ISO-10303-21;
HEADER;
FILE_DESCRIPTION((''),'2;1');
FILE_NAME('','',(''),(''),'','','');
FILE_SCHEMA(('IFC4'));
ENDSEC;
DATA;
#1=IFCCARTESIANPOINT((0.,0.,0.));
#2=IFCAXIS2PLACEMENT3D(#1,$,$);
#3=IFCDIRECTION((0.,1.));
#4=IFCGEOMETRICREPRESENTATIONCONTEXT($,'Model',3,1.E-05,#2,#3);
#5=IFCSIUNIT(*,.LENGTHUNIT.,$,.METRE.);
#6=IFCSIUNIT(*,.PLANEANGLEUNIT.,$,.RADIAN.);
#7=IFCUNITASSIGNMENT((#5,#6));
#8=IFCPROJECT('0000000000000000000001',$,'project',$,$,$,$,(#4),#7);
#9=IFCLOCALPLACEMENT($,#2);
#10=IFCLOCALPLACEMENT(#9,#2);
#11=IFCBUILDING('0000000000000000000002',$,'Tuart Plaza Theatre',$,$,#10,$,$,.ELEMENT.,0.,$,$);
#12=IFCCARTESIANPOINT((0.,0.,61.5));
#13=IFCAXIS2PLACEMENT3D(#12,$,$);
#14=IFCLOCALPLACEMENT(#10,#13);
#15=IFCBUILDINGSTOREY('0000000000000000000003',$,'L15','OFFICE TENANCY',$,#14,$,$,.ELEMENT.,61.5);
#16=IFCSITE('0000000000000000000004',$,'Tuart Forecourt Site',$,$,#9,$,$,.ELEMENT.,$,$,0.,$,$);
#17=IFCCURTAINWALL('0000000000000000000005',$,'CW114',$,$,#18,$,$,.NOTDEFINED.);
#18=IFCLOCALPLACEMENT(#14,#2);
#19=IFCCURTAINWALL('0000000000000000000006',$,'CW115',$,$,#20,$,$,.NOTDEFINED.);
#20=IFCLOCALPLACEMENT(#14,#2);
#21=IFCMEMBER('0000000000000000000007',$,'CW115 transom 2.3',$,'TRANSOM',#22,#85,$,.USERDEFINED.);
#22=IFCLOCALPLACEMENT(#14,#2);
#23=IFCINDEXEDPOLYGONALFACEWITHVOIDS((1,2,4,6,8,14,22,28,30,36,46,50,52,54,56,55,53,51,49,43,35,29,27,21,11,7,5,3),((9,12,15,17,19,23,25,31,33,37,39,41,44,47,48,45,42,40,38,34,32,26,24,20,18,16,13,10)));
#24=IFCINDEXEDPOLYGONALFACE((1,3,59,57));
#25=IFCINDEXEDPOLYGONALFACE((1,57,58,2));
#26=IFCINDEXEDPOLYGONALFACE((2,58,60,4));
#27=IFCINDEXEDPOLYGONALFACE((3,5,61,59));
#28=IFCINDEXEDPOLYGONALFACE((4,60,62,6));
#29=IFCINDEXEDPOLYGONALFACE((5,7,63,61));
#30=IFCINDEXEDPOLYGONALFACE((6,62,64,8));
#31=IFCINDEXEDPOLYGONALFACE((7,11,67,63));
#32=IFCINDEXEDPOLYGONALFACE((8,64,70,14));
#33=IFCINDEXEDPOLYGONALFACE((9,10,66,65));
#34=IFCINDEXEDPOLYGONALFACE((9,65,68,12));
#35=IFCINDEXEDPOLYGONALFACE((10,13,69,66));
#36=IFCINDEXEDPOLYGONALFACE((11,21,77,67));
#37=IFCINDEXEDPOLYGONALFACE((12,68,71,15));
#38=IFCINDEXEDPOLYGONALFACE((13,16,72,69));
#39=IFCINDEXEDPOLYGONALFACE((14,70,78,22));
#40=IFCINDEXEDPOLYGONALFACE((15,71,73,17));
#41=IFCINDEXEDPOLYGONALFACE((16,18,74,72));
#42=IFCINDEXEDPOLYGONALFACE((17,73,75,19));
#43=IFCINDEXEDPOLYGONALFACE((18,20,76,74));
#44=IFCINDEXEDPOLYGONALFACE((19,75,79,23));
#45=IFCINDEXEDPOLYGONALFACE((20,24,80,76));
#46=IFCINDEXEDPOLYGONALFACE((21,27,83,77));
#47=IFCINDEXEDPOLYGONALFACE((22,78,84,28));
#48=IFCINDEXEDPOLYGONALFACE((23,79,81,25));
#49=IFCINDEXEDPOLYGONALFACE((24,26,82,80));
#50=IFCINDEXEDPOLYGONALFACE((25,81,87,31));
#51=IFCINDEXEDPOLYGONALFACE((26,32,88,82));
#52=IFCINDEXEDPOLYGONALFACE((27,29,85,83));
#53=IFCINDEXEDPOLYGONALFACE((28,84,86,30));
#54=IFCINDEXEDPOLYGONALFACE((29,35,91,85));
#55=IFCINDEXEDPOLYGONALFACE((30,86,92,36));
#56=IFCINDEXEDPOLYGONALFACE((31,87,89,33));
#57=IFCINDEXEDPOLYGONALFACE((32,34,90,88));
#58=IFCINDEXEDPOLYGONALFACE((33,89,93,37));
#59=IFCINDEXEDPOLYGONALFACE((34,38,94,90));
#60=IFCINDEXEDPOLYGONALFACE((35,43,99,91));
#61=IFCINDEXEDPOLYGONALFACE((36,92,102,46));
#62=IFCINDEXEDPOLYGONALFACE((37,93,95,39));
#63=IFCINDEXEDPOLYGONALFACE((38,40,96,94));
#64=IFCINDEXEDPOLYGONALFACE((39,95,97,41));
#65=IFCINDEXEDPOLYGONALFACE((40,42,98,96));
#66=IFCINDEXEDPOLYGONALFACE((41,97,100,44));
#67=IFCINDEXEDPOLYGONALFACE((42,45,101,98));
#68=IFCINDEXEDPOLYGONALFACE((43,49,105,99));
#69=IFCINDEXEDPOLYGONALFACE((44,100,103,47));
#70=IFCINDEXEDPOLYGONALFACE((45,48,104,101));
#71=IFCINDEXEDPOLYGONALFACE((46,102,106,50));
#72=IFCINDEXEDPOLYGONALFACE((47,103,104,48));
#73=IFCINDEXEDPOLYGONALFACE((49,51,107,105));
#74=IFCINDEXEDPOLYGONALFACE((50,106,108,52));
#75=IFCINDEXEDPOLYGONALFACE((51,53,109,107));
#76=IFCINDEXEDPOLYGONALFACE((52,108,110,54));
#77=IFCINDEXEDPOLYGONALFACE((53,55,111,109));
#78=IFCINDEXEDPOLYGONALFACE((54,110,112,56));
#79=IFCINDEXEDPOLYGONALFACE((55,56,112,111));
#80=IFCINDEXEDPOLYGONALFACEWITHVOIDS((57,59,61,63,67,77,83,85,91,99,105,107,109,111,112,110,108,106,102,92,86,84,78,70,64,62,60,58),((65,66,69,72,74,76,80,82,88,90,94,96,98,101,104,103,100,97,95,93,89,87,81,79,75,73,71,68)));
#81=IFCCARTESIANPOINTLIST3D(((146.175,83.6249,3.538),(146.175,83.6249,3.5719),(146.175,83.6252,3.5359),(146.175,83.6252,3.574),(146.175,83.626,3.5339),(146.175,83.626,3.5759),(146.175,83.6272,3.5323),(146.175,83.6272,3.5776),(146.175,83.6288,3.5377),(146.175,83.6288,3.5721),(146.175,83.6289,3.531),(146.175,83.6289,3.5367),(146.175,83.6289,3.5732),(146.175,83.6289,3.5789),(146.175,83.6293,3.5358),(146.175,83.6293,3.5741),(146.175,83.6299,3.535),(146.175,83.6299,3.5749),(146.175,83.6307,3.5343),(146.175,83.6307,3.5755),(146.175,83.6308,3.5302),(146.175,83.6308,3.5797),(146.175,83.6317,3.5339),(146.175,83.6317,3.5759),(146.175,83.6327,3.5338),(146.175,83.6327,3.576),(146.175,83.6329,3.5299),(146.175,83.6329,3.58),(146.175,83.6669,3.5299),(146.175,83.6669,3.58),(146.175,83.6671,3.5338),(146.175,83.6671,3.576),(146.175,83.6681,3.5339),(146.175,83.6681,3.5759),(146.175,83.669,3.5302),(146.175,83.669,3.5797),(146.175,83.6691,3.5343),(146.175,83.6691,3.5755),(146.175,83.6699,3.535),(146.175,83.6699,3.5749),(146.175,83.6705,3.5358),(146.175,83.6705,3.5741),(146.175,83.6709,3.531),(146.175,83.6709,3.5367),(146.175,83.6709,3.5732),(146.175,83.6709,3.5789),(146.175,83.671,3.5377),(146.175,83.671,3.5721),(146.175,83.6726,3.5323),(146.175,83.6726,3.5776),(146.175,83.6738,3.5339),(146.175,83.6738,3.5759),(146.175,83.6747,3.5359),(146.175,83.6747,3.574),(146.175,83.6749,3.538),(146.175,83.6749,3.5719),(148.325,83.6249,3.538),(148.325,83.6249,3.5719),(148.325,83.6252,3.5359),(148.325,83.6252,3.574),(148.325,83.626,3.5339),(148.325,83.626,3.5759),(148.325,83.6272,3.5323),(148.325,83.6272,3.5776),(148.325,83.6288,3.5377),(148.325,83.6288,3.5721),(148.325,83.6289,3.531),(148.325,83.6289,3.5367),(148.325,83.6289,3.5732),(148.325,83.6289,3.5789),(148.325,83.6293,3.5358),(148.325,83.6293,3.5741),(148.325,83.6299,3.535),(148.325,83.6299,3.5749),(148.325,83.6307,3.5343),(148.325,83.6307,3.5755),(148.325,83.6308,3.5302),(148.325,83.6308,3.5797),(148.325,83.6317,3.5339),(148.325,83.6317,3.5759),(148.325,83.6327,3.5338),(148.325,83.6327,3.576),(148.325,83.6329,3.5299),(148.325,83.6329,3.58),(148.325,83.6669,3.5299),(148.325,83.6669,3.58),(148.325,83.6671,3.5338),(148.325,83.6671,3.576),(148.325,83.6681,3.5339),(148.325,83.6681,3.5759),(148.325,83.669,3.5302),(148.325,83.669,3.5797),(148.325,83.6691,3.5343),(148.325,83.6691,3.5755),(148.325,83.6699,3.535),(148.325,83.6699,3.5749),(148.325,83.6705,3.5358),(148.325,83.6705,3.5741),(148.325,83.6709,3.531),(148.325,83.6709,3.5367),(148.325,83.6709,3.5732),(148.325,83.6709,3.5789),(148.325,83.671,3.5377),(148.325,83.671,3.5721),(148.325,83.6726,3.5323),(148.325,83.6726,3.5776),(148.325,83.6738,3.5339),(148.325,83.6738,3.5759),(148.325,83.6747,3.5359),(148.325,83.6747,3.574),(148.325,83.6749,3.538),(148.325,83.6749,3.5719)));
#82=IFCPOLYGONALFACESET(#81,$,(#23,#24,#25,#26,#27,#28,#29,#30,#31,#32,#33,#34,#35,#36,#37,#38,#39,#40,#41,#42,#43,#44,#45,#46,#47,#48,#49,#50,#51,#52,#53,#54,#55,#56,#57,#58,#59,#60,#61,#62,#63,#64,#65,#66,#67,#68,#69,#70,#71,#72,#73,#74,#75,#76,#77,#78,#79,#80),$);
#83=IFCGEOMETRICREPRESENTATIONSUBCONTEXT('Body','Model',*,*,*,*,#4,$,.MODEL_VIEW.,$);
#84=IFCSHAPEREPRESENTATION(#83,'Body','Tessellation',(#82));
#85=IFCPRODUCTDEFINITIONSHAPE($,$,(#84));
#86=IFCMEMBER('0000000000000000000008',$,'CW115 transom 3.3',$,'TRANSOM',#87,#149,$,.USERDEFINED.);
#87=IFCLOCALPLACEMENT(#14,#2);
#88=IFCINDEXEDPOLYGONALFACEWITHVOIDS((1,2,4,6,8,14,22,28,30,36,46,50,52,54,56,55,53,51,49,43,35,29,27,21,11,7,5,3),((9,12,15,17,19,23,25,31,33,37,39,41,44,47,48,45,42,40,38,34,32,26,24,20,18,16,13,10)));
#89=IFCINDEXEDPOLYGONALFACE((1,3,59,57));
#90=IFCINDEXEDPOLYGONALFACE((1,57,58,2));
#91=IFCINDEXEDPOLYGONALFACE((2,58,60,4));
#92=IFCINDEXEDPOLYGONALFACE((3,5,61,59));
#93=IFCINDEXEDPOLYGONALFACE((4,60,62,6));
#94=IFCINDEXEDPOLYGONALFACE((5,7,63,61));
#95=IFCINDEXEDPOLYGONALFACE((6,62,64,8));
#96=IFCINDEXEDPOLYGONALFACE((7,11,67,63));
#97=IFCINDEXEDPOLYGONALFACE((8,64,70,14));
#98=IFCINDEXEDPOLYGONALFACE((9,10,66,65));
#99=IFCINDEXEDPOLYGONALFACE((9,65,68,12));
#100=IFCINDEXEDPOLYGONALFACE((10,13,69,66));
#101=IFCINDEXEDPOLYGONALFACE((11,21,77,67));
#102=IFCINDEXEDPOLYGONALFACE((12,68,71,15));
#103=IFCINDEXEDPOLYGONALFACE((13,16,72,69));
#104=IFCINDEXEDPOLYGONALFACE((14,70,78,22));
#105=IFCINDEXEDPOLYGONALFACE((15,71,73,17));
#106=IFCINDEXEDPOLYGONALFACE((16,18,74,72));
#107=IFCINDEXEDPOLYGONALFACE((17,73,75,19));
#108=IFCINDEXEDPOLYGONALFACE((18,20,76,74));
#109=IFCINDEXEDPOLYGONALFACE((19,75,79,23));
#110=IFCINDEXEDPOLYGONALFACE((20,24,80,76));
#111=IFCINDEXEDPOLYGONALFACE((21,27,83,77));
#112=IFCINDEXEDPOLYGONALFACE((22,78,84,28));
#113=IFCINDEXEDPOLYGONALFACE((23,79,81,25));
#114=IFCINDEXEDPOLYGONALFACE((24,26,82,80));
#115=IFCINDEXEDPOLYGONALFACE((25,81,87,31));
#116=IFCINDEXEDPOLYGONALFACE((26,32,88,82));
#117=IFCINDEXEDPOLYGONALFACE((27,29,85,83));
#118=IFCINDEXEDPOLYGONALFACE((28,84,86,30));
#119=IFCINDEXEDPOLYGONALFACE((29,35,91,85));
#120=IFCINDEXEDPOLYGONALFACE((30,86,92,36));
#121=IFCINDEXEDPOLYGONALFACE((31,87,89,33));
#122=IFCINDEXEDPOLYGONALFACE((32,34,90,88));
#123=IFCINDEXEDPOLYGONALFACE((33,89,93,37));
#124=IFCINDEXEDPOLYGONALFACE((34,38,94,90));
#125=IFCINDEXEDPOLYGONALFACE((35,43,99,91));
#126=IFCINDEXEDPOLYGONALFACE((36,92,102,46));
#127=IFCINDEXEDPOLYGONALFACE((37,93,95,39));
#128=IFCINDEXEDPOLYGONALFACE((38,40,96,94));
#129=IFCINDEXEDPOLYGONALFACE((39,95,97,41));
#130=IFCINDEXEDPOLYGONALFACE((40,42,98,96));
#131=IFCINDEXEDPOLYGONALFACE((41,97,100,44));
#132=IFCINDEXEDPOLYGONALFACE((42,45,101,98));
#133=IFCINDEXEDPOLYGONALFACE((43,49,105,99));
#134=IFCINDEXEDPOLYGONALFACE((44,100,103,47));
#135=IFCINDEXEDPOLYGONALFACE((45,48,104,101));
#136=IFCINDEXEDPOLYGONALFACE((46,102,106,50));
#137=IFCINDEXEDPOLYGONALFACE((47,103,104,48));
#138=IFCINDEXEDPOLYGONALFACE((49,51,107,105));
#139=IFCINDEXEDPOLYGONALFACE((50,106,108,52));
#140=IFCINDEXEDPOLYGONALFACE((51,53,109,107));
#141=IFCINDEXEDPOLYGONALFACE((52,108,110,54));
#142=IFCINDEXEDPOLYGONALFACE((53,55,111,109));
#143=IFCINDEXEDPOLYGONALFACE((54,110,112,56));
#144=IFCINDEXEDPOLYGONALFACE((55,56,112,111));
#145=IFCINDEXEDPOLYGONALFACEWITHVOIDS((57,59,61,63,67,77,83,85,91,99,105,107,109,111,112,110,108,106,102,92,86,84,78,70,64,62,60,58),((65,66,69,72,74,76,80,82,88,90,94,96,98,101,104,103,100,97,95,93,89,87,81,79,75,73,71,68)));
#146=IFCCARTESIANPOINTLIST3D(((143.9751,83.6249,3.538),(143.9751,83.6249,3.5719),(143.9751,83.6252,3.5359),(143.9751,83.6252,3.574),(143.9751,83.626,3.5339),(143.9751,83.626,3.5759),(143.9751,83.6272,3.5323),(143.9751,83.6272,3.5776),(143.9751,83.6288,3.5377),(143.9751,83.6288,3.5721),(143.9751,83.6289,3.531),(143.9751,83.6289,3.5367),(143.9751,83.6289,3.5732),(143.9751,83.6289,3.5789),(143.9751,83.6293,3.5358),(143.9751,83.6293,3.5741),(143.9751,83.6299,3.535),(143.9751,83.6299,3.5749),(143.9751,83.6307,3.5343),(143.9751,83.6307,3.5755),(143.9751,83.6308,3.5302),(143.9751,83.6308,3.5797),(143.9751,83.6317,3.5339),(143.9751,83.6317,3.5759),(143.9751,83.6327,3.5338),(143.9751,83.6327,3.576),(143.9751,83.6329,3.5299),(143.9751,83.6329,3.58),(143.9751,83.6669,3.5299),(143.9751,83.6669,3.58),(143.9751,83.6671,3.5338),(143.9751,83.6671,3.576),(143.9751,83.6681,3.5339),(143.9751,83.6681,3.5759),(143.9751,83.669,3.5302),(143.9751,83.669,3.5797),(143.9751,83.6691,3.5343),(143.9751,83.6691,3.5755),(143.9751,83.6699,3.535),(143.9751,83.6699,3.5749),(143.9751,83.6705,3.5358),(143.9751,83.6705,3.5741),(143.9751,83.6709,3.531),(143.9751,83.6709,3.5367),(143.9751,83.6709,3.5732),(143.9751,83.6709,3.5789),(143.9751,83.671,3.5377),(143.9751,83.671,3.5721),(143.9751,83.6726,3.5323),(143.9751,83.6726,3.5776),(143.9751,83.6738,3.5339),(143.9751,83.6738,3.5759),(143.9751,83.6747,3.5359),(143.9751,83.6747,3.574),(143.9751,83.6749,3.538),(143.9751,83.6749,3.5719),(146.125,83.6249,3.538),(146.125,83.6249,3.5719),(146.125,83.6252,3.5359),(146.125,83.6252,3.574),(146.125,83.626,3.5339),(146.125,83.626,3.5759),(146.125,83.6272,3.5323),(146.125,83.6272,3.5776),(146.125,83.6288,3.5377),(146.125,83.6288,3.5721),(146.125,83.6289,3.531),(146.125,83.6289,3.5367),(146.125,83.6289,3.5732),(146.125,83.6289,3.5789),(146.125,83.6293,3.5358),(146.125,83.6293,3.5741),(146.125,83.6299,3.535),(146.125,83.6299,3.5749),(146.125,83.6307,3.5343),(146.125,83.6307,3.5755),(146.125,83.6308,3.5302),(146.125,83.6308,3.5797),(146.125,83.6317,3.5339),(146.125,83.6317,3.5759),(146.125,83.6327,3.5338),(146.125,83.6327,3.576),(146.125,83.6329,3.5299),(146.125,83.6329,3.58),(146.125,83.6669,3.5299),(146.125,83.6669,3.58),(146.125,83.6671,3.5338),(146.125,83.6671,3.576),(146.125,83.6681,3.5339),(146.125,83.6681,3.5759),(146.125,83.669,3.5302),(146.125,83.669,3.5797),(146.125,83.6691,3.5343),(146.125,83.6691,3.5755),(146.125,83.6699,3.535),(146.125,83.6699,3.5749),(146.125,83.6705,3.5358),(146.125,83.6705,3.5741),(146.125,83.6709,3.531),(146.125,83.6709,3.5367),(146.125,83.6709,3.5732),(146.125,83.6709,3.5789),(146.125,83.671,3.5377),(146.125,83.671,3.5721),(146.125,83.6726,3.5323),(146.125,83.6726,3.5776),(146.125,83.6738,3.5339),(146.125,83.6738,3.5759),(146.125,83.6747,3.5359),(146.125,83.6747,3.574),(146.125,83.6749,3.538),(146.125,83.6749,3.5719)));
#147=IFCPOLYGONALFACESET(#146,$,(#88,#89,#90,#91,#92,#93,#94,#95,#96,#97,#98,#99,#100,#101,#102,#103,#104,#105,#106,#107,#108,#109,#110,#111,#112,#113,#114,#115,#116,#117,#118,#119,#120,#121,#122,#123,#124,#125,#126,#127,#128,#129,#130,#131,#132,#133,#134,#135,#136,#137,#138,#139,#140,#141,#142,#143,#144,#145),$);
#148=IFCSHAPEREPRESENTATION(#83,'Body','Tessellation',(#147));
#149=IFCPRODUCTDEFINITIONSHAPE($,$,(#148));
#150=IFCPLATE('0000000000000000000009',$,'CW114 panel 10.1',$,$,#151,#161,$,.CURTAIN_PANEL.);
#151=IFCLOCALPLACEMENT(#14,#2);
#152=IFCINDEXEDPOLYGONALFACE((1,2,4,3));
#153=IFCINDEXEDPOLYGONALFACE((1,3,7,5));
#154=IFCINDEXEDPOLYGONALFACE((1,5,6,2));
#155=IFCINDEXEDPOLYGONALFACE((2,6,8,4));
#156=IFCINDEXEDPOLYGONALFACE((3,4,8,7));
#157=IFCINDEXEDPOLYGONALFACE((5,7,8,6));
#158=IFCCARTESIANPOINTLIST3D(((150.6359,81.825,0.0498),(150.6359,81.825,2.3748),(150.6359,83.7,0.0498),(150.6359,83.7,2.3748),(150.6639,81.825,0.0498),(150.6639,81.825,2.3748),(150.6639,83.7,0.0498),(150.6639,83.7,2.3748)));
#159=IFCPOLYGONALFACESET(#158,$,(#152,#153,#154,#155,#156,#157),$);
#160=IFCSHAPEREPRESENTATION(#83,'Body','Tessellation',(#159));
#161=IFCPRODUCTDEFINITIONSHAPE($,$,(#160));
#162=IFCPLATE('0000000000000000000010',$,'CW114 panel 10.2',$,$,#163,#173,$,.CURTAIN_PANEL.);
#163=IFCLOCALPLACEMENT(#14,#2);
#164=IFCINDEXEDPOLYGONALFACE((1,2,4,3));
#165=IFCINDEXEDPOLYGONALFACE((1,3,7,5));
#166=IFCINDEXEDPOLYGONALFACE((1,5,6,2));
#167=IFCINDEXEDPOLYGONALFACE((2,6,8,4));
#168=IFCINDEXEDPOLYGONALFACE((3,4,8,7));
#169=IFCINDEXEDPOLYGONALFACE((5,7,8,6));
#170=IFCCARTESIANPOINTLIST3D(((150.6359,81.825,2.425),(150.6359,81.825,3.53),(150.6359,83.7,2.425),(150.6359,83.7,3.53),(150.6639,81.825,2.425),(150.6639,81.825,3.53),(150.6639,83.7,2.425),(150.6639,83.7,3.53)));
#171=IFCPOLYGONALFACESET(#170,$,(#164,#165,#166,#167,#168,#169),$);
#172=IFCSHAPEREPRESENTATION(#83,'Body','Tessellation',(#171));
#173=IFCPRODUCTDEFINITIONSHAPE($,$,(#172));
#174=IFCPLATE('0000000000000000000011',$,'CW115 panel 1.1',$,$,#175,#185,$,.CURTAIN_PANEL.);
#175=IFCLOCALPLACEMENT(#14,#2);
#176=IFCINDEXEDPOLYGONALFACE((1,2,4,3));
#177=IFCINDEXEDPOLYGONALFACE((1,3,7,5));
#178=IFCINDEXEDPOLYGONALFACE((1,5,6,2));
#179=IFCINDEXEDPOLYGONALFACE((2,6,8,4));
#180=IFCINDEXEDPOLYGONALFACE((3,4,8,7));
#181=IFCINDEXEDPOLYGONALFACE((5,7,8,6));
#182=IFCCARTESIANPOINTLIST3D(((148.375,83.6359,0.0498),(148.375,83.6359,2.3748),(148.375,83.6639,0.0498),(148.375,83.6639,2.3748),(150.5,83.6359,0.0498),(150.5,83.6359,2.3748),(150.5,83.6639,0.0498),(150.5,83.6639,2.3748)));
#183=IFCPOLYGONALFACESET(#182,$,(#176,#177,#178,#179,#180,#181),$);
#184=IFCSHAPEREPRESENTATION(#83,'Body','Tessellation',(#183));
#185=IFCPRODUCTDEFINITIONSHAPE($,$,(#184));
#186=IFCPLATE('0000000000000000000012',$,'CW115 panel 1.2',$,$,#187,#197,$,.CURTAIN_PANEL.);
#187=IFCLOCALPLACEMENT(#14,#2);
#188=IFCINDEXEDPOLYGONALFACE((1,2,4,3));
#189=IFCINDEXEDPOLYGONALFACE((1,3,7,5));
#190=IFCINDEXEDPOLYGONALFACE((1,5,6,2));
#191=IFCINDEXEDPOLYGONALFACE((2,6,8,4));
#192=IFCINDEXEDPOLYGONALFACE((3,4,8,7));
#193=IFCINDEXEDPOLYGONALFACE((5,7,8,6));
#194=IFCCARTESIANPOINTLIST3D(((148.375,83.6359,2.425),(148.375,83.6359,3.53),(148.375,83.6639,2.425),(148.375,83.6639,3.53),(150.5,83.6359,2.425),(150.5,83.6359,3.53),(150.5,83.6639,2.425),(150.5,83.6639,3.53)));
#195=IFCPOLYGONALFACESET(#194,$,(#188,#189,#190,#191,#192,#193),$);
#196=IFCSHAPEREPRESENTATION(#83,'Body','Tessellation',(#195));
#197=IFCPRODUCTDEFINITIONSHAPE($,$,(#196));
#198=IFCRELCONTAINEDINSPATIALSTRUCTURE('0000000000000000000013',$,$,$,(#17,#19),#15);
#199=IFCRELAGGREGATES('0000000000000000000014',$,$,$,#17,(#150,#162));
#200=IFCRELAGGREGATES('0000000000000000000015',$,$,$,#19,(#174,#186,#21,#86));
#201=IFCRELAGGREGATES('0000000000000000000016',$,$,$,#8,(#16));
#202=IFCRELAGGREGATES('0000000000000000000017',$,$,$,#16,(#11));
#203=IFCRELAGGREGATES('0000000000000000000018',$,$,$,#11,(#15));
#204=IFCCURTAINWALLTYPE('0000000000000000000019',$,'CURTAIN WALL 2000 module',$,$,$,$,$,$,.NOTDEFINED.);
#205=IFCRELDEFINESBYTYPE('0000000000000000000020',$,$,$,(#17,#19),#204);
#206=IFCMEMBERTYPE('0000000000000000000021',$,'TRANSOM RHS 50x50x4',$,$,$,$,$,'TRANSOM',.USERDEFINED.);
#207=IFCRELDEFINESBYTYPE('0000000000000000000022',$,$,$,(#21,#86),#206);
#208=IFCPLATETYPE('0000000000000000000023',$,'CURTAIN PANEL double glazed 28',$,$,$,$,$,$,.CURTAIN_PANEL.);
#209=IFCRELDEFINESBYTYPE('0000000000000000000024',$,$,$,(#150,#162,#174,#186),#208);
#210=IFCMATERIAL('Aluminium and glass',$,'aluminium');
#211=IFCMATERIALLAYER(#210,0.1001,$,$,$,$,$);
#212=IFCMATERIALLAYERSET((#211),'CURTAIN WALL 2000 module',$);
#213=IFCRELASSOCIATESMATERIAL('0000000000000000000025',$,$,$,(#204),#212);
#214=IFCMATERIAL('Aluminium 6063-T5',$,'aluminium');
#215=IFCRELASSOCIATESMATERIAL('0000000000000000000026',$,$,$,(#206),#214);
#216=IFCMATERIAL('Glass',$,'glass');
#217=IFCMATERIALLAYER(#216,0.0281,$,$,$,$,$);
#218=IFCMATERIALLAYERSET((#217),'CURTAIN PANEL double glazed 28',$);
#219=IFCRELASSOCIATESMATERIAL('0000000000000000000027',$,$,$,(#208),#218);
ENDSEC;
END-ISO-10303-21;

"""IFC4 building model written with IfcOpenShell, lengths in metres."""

from ifc_helpers import new_model, si_unit, direction, frame, origin, origin_2d, place, context, subcontext, project, spatial, rectangle, hollow_rectangle, extrude, material, layer, layer_set, material_profile, profile_set, type_object, element, aggregate, save


model = new_model("IFC4")

# Units and contexts
model_context = context("Model", 3, precision=1e-05, world=origin(), true_north=direction((0.0, 1.0)))
body_context = subcontext(model_context, "Body", "Model", "MODEL_VIEW")
ifc_project = project(units=[si_unit("LENGTHUNIT", "METRE"), si_unit("PLANEANGLEUNIT", "RADIAN")], contexts=[model_context])

# Site, building, storey
site_placement = place(None, origin())
site = spatial("IfcSite", under=ifc_project, at=site_placement, Name="Tuart Forecourt Site", CompositionType="ELEMENT", RefElevation=0.0)
building_placement = place(site_placement, origin())
building = spatial("IfcBuilding", under=site, at=building_placement, Name="Tuart Plaza Theatre", CompositionType="ELEMENT", ElevationOfRefHeight=0.0)
storey_placement = place(building_placement, frame((0.0, 0.0, 61.5)))
storey = spatial("IfcBuildingStorey", under=building, at=storey_placement, Name="L15", Description="OFFICE TENANCY", CompositionType="ELEMENT", Elevation=61.5)

# Curtain wall
ifc_material_1 = material(Name="Aluminium and glass", Category="aluminium")
ifc_layer_1 = layer(ifc_material_1, 0.1001)
ifc_layer_set_1 = layer_set([ifc_layer_1], Name="CURTAIN WALL 2000 module")
curtain_wall_type = type_object("IfcCurtainWallType", Name="CURTAIN WALL 2000 module", PredefinedType="NOTDEFINED", material=ifc_layer_set_1)
curtain_wall_1_placement = place(storey_placement, origin())
curtain_wall_1 = element("IfcCurtainWall", 1, at=curtain_wall_1_placement, inside=storey, type_object=curtain_wall_type, Name="CW114", PredefinedType="NOTDEFINED")

# Curtain wall
curtain_wall_2_placement = place(storey_placement, origin())
curtain_wall_2 = element("IfcCurtainWall", 2, at=curtain_wall_2_placement, inside=storey, type_object=curtain_wall_type, Name="CW115", PredefinedType="NOTDEFINED")

# Members
ifc_material_2 = material(Name="Aluminium 6063-T5", Category="aluminium")
ifc_material_profile_1 = material_profile(ifc_material_2, hollow_rectangle(XDim=0.05, YDim=0.05, WallThickness=0.0039, InnerFilletRadius=0.0039, OuterFilletRadius=0.0081, at=origin_2d()), Name="RHS 50x50x4")
ifc_profile_set_1 = profile_set([ifc_material_profile_1], Name="Aluminium 6063-T5")
member_type_1 = type_object("IfcMemberType", Name="TRANSOM RHS 50x50x4", ElementType="TRANSOM", PredefinedType="USERDEFINED", material=ifc_profile_set_1)
member_1_placement = place(storey_placement, frame((148.325, 83.6499, 3.5549), z_axis=(-1.0, 0.0, 0.0), x_axis=(0.0, -1.0, 0.0)))
member_1 = element("IfcMember", 3, at=member_1_placement, type_object=member_type_1, Name="CW115 transom 2.3", ObjectType="TRANSOM", PredefinedType="USERDEFINED", context=body_context, shape_type="SweptSolid", body=[
    extrude(hollow_rectangle(XDim=0.05, YDim=0.05, WallThickness=0.0039, InnerFilletRadius=0.0039, OuterFilletRadius=0.0081, at=origin_2d()), origin(), (0.0, 0.0, 1.0), 2.1499),
])
member_2_placement = place(storey_placement, frame((146.125, 83.6499, 3.5549), z_axis=(-1.0, 0.0, 0.0), x_axis=(0.0, -1.0, 0.0)))
member_2 = element("IfcMember", 4, at=member_2_placement, type_object=member_type_1, Name="CW115 transom 3.3", ObjectType="TRANSOM", PredefinedType="USERDEFINED", context=body_context, shape_type="SweptSolid", body=[
    extrude(hollow_rectangle(XDim=0.05, YDim=0.05, WallThickness=0.0039, InnerFilletRadius=0.0039, OuterFilletRadius=0.0081, at=origin_2d()), origin(), (0.0, 0.0, 1.0), 2.1499),
])

# Plates
ifc_material_3 = material(Name="Glass", Category="glass")
ifc_layer_2 = layer(ifc_material_3, 0.0281)
ifc_layer_set_2 = layer_set([ifc_layer_2], Name="CURTAIN PANEL double glazed 28")
plate_type = type_object("IfcPlateType", Name="CURTAIN PANEL double glazed 28", PredefinedType="CURTAIN_PANEL", material=ifc_layer_set_2)
plate_1_placement = place(storey_placement, frame((150.6499, 82.7625, 0.0498), z_axis=(0.0, 0.0, 1.0), x_axis=(0.0, 1.0, 0.0)))
plate_1 = element("IfcPlate", 5, at=plate_1_placement, type_object=plate_type, Name="CW114 panel 10.1", PredefinedType="CURTAIN_PANEL", context=body_context, shape_type="SweptSolid", body=[
    extrude(rectangle(XDim=1.875, YDim=0.0281, at=origin_2d()), origin(), (0.0, 0.0, 1.0), 2.325),
])
plate_2_placement = place(storey_placement, frame((150.6499, 82.7625, 2.425), z_axis=(0.0, 0.0, 1.0), x_axis=(0.0, 1.0, 0.0)))
plate_2 = element("IfcPlate", 6, at=plate_2_placement, type_object=plate_type, Name="CW114 panel 10.2", PredefinedType="CURTAIN_PANEL", context=body_context, shape_type="SweptSolid", body=[
    extrude(rectangle(XDim=1.875, YDim=0.0281, at=origin_2d()), origin(), (0.0, 0.0, 1.0), 1.105),
])
aggregate(curtain_wall_1, [plate_1, plate_2])
plate_3_placement = place(storey_placement, frame((149.4375, 83.6499, 0.0498), z_axis=(0.0, 0.0, 1.0), x_axis=(-1.0, 0.0, 0.0)))
plate_3 = element("IfcPlate", 7, at=plate_3_placement, type_object=plate_type, Name="CW115 panel 1.1", PredefinedType="CURTAIN_PANEL", context=body_context, shape_type="SweptSolid", body=[
    extrude(rectangle(XDim=2.125, YDim=0.0281, at=origin_2d()), origin(), (0.0, 0.0, 1.0), 2.325),
])
plate_4_placement = place(storey_placement, frame((149.4375, 83.6499, 2.425), z_axis=(0.0, 0.0, 1.0), x_axis=(-1.0, 0.0, 0.0)))
plate_4 = element("IfcPlate", 8, at=plate_4_placement, type_object=plate_type, Name="CW115 panel 1.2", PredefinedType="CURTAIN_PANEL", context=body_context, shape_type="SweptSolid", body=[
    extrude(rectangle(XDim=2.125, YDim=0.0281, at=origin_2d()), origin(), (0.0, 0.0, 1.0), 1.105),
])
aggregate(curtain_wall_2, [plate_3, plate_4, member_1, member_2])

save(model, "model.ifc")
